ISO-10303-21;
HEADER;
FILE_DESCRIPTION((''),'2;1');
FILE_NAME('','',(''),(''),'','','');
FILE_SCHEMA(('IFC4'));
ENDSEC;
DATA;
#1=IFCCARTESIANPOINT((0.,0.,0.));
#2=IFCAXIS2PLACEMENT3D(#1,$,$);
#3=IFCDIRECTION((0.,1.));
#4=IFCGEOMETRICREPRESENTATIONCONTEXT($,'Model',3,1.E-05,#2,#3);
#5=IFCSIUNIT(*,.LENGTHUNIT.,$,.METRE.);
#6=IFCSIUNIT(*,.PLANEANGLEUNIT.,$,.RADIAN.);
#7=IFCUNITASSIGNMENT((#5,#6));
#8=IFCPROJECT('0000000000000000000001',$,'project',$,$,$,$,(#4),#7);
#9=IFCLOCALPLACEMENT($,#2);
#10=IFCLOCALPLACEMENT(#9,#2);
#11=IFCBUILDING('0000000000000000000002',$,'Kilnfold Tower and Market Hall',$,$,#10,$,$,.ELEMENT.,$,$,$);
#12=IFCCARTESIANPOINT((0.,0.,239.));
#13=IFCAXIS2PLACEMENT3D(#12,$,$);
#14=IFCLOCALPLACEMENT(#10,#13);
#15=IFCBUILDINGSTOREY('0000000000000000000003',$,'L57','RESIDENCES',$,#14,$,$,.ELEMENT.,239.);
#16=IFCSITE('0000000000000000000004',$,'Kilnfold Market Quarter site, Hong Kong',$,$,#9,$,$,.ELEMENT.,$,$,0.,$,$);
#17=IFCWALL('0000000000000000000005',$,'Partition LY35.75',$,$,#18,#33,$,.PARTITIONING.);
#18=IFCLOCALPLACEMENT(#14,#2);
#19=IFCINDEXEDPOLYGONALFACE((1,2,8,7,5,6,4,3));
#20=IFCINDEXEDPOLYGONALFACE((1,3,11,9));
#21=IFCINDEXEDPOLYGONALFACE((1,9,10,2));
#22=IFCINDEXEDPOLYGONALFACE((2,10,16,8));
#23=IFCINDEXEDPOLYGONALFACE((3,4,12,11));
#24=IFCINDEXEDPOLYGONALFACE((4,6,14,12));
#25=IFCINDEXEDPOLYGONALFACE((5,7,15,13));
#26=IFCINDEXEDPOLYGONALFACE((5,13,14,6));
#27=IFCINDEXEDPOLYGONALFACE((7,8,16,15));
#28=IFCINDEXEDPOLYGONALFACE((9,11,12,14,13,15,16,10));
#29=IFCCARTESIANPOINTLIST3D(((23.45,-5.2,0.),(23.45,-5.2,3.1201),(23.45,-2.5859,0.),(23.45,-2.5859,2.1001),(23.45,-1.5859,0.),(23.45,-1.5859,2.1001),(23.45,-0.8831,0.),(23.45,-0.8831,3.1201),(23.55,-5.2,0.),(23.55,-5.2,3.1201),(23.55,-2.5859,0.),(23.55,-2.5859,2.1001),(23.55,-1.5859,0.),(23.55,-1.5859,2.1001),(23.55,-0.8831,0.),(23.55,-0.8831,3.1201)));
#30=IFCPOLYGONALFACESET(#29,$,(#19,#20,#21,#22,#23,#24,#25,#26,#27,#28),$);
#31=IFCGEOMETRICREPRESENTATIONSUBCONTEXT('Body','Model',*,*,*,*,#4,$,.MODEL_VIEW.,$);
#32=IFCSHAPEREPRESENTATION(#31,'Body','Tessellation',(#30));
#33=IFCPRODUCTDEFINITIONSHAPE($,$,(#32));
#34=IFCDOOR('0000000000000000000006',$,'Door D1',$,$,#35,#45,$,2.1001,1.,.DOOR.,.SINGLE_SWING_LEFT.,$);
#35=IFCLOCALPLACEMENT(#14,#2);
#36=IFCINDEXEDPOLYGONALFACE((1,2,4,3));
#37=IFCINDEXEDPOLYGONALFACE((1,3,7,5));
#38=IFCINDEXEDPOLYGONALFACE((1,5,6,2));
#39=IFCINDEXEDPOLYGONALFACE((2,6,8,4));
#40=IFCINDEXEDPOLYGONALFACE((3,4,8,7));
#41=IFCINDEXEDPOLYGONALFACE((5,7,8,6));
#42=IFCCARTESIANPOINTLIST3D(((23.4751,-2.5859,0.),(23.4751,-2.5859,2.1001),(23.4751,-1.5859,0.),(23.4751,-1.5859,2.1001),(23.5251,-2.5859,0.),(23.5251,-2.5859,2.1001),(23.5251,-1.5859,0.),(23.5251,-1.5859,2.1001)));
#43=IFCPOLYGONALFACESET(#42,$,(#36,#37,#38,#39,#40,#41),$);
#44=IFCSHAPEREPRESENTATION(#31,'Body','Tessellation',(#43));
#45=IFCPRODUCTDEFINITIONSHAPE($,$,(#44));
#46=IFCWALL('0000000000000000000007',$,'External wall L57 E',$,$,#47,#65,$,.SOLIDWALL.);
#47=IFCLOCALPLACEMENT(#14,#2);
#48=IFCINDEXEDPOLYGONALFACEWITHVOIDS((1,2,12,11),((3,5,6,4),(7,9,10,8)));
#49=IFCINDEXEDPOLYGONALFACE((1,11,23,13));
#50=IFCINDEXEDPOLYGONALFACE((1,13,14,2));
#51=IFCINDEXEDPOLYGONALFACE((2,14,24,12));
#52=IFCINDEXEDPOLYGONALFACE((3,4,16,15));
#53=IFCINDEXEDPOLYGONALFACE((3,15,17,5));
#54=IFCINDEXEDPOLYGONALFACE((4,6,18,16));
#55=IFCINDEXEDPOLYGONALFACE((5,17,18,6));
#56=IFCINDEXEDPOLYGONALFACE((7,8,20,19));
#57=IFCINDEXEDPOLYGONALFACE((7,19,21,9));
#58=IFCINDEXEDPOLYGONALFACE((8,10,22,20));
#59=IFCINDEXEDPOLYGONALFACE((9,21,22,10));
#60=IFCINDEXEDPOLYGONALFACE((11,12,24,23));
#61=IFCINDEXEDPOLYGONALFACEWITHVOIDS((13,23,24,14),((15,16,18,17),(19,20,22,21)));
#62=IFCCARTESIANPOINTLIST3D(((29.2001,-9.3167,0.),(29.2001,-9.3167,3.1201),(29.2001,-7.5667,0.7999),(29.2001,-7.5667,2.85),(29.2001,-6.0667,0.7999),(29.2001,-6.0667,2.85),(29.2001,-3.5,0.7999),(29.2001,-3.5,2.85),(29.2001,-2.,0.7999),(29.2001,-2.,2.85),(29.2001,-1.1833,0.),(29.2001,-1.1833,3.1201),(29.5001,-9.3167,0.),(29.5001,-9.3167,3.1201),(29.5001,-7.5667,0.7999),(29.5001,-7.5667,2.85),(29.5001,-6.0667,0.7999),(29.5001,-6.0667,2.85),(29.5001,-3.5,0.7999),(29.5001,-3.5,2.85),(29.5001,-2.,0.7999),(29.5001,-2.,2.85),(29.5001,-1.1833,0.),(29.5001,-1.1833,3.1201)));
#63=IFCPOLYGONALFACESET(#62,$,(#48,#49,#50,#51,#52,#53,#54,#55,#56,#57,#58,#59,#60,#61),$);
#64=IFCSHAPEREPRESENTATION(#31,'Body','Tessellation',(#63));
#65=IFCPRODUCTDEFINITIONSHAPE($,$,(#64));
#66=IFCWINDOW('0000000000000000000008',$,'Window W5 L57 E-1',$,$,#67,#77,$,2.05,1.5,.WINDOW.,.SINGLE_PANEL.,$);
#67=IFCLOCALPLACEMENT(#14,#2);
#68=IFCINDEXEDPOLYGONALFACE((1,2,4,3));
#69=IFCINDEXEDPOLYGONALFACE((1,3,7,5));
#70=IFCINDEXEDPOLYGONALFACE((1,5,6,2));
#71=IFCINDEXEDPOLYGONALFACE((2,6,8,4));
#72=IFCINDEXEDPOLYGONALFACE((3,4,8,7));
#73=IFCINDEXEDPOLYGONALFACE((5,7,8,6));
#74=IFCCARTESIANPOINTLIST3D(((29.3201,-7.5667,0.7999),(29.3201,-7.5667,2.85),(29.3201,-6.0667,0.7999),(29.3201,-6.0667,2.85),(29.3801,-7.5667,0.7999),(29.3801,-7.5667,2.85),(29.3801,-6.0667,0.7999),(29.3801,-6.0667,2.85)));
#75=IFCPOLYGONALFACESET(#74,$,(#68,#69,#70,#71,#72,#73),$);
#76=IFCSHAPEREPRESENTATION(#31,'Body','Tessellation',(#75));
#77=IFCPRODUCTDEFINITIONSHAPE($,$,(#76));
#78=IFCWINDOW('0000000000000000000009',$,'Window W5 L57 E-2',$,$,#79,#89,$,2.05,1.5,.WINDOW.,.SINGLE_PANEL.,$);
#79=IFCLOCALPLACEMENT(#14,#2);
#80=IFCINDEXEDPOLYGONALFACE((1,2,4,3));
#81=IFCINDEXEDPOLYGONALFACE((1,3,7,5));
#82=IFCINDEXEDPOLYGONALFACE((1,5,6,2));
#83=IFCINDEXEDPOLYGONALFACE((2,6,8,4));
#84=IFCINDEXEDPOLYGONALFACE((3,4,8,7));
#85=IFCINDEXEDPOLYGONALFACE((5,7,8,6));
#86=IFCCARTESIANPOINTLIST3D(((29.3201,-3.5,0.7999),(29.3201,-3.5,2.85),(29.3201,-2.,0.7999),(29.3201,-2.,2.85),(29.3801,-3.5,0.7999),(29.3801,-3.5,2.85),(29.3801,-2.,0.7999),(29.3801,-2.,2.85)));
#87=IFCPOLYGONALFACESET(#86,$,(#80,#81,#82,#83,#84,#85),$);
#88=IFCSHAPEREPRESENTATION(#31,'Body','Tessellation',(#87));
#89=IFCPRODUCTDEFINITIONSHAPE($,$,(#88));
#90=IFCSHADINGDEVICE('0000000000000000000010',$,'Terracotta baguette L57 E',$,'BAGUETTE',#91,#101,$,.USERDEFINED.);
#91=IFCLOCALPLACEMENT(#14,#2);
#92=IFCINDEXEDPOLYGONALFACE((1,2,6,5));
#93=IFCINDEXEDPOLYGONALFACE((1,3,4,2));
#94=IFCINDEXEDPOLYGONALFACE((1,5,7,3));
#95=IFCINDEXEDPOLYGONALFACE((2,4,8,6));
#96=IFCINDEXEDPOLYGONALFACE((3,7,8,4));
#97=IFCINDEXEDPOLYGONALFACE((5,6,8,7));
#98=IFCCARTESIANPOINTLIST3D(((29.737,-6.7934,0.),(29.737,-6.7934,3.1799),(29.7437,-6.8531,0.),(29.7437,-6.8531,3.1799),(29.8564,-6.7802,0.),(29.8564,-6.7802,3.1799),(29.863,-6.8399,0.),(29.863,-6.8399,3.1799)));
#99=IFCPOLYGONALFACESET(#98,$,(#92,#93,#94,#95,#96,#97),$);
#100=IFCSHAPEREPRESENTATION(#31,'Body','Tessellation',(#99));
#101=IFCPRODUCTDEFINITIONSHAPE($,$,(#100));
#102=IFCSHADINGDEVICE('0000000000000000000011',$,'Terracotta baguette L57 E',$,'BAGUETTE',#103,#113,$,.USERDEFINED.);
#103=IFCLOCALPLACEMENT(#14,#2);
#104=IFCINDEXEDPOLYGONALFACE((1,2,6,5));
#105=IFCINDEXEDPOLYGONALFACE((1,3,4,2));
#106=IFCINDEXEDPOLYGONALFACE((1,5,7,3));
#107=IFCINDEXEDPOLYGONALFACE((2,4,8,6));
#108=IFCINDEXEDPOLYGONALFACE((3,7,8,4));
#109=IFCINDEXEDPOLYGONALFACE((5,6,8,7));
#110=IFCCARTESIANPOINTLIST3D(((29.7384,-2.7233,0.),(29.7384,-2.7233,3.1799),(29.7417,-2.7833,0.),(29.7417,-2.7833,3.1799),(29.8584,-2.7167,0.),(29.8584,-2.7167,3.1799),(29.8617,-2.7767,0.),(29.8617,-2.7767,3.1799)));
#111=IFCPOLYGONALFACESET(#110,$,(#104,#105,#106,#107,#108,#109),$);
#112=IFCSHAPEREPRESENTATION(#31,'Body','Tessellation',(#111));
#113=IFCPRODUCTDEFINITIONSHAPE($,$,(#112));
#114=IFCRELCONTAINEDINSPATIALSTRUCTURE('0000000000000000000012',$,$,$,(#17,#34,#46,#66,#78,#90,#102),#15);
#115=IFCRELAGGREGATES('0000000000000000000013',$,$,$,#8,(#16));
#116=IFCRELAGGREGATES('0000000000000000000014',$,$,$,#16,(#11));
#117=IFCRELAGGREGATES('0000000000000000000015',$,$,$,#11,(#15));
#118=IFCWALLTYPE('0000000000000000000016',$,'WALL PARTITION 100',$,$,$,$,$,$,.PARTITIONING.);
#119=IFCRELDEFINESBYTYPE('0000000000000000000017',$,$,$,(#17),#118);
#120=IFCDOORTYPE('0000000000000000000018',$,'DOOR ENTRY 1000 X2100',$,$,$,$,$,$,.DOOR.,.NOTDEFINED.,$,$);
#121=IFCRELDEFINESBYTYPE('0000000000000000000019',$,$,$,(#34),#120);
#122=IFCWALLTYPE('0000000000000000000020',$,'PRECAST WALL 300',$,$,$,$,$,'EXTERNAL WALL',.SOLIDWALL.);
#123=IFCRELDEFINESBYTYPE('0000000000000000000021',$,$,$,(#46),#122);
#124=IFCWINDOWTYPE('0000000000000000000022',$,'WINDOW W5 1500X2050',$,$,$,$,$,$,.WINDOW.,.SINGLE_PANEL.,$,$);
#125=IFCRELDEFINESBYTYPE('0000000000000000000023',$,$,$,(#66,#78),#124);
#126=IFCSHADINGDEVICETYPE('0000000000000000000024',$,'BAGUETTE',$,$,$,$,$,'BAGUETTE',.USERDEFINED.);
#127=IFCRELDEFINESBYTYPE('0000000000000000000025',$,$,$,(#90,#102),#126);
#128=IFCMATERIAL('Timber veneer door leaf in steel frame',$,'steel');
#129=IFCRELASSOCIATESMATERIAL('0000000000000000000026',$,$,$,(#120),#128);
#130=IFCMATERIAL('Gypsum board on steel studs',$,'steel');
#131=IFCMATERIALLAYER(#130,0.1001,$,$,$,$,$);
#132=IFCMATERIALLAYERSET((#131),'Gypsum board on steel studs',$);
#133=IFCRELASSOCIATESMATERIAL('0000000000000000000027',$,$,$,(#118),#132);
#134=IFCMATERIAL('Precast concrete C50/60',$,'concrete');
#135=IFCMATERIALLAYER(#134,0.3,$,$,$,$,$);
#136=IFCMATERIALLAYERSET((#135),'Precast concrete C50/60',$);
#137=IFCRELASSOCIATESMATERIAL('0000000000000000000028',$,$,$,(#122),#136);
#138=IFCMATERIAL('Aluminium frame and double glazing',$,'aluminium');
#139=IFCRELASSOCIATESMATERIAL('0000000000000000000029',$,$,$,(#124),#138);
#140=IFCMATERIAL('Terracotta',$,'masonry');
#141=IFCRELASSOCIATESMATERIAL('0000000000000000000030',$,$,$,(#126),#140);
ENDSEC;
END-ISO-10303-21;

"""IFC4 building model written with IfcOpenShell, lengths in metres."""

from ifc_helpers import new_model, si_unit, direction, frame, frame_2d, origin, origin_2d, place, context, subcontext, project, spatial, rectangle, extrude, source, transform, mapped, material, layer, layer_set, material_profile, profile_set, type_object, element, fill, save


model = new_model("IFC4")

# Units and contexts
model_context = context("Model", 3, precision=1e-05, world=origin(), true_north=direction((0.0, 1.0)))
body_context = subcontext(model_context, "Body", "Model", "MODEL_VIEW")
ifc_project = project(units=[si_unit("LENGTHUNIT", "METRE"), si_unit("PLANEANGLEUNIT", "RADIAN")], contexts=[model_context])

# Site, building, storey
site_placement = place(None, origin())
site = spatial("IfcSite", under=ifc_project, at=site_placement, Name="Kilnfold Market Quarter site, Hong Kong", CompositionType="ELEMENT", RefElevation=0.0)
building_placement = place(site_placement, origin())
building = spatial("IfcBuilding", under=site, at=building_placement, Name="Kilnfold Tower and Market Hall", CompositionType="ELEMENT")
storey_placement = place(building_placement, frame((0.0, 0.0, 239.0)))
storey = spatial("IfcBuildingStorey", under=building, at=storey_placement, Name="L57", Description="RESIDENCES", CompositionType="ELEMENT", Elevation=239.0)

# Wall, opening, door
ifc_material_1 = material(Name="Timber veneer door leaf in steel frame", Category="steel")
door_type_1 = type_object("IfcDoorType", Name="DOOR ENTRY 1000 X2100", OperationType="NOTDEFINED", PredefinedType="DOOR", material=ifc_material_1)
ifc_material_2 = material(Name="Gypsum board on steel studs", Category="steel")
ifc_layer_1 = layer(ifc_material_2, 0.1001)
ifc_layer_set_1 = layer_set([ifc_layer_1], Name="Gypsum board on steel studs")
wall_type_1 = type_object("IfcWallType", Name="WALL PARTITION 100", PredefinedType="PARTITIONING", material=ifc_layer_set_1)
wall_1_placement = place(storey_placement, frame((23.5, -5.2, 0.0), z_axis=(0.0, 0.0, 1.0), x_axis=(0.0, 1.0, 0.0)))
wall_1 = element("IfcWall", 1, at=wall_1_placement, inside=storey, type_object=wall_type_1, Name="Partition LY35.75", PredefinedType="PARTITIONING", context=body_context, shape_type="SweptSolid", body=[
    extrude(rectangle(XDim=4.3169, YDim=0.1001, at=frame_2d((2.1584, 0.0))), origin(), (0.0, 0.0, 1.0), 3.1201),
])
opening_1_placement = place(wall_1_placement, frame((2.614, 0.0, 0.0)))
opening_1 = element("IfcOpeningElement", 2, at=opening_1_placement, cuts=wall_1, PredefinedType="OPENING", context=body_context, shape_type="SweptSolid", body=[
    extrude(rectangle(XDim=1.0, YDim=2.1001, at=frame_2d((0.5, 1.05))), frame((0.0, 0.0601, 0.0), z_axis=(0.0, -1.0, 0.0), x_axis=(1.0, 0.0, 0.0)), (0.0, 0.0, 1.0), 0.1201),
])
door_1_placement = place(opening_1_placement, origin())
door_1 = element("IfcDoor", 3, at=door_1_placement, inside=storey, type_object=door_type_1, Name="Door D1", OperationType="SINGLE_SWING_LEFT", OverallHeight=2.1001, OverallWidth=1.0, PredefinedType="DOOR", context=body_context, shape_type="SweptSolid", body=[
    extrude(rectangle(XDim=1.0, YDim=2.1001, at=frame_2d((0.5, 1.05))), frame((0.0, 0.0249, 0.0), z_axis=(0.0, -1.0, 0.0), x_axis=(1.0, 0.0, 0.0)), (0.0, 0.0, 1.0), 0.05),
])
fill(opening_1, door_1)

# Wall, openings, windows
ifc_material_3 = material(Name="Precast concrete C50/60", Category="concrete")
ifc_layer_2 = layer(ifc_material_3, 0.3)
ifc_layer_set_2 = layer_set([ifc_layer_2], Name="Precast concrete C50/60")
wall_type_2 = type_object("IfcWallType", Name="PRECAST WALL 300", ElementType="EXTERNAL WALL", PredefinedType="SOLIDWALL", material=ifc_layer_set_2)
shared_shape_1 = source(origin(), body_context, "Body", "SweptSolid", [
    extrude(rectangle(XDim=8.1333, YDim=0.3, at=frame_2d((4.0667, 0.0))), origin(), (0.0, 0.0, 1.0), 3.1201),
])
wall_2_placement = place(storey_placement, frame((29.3501, -9.3167, 0.0), z_axis=(0.0, 0.0, 1.0), x_axis=(0.0, 1.0, 0.0)))
wall_2 = element("IfcWall", 4, at=wall_2_placement, inside=storey, type_object=wall_type_2, Name="External wall L57 E", PredefinedType="SOLIDWALL", context=body_context, shape_type="MappedRepresentation", body=[
    mapped(shared_shape_1, transform((0.0, 0.0, 0.0))),
])
opening_2_placement = place(wall_2_placement, frame((1.75, 0.0, 0.8)))
opening_2 = element("IfcOpeningElement", 5, at=opening_2_placement, cuts=wall_2, PredefinedType="OPENING", context=body_context, shape_type="SweptSolid", body=[
    extrude(rectangle(XDim=1.5, YDim=2.05, at=frame_2d((0.75, 1.0249))), frame((0.0, 0.1602, 0.0), z_axis=(0.0, -1.0, 0.0), x_axis=(1.0, 0.0, 0.0)), (0.0, 0.0, 1.0), 0.3201),
])
opening_3_placement = place(wall_2_placement, frame((5.8167, 0.0, 0.8)))
opening_3 = element("IfcOpeningElement", 6, at=opening_3_placement, cuts=wall_2, PredefinedType="OPENING", context=body_context, shape_type="SweptSolid", body=[
    extrude(rectangle(XDim=1.5, YDim=2.05, at=frame_2d((0.75, 1.0249))), frame((0.0, 0.1602, 0.0), z_axis=(0.0, -1.0, 0.0), x_axis=(1.0, 0.0, 0.0)), (0.0, 0.0, 1.0), 0.3201),
])
ifc_material_4 = material(Name="Aluminium frame and double glazing", Category="aluminium")
window_type = type_object("IfcWindowType", Name="WINDOW W5 1500X2050", PartitioningType="SINGLE_PANEL", PredefinedType="WINDOW", material=ifc_material_4)
window_1_placement = place(opening_2_placement, origin())
window_1 = element("IfcWindow", 7, at=window_1_placement, inside=storey, type_object=window_type, Name="Window W5 L57 E-1", OverallHeight=2.05, OverallWidth=1.5, PartitioningType="SINGLE_PANEL", PredefinedType="WINDOW", context=body_context, shape_type="SweptSolid", body=[
    extrude(rectangle(XDim=1.5, YDim=2.05, at=frame_2d((0.75, 1.0249))), frame((0.0, 0.03, 0.0), z_axis=(0.0, -1.0, 0.0), x_axis=(1.0, 0.0, 0.0)), (0.0, 0.0, 1.0), 0.0601),
])
fill(opening_2, window_1)
window_2_placement = place(opening_3_placement, origin())
window_2 = element("IfcWindow", 8, at=window_2_placement, inside=storey, type_object=window_type, Name="Window W5 L57 E-2", OverallHeight=2.05, OverallWidth=1.5, PartitioningType="SINGLE_PANEL", PredefinedType="WINDOW", context=body_context, shape_type="SweptSolid", body=[
    extrude(rectangle(XDim=1.5, YDim=2.05, at=frame_2d((0.75, 1.0249))), frame((0.0, 0.03, 0.0), z_axis=(0.0, -1.0, 0.0), x_axis=(1.0, 0.0, 0.0)), (0.0, 0.0, 1.0), 0.0601),
])
fill(opening_3, window_2)

# Shading devices
ifc_material_5 = material(Name="Terracotta", Category="masonry")
ifc_material_profile_1 = material_profile(ifc_material_5, rectangle(XDim=0.0601, YDim=0.1201, at=origin_2d()), Name="BAG 60x120")
ifc_profile_set_1 = profile_set([ifc_material_profile_1], Name="Terracotta")
shading_device_type = type_object("IfcShadingDeviceType", Name="BAGUETTE", ElementType="BAGUETTE", PredefinedType="USERDEFINED", material=ifc_profile_set_1)
shared_shape_2 = source(origin(), body_context, "Body", "SweptSolid", [
    extrude(rectangle(XDim=0.0601, YDim=0.1201, at=origin_2d()), origin(), (0.0, 0.0, 1.0), 3.1799),
])
for number, where, z_axis, x_axis, name in (
    (9, (29.8, -6.8167, 0.0), (0.0, 0.0, 1.0), (-0.110142, 0.993916, 0.0), "Terracotta baguette L57 E"),
    (10, (29.8, -2.75, 0.0), (0.0, 0.0, 1.0), (-0.054978, 0.998488, 0.0), "Terracotta baguette L57 E"),
):
    element("IfcShadingDevice", number, at=place(storey_placement, frame(where, z_axis=z_axis, x_axis=x_axis)), inside=storey, type_object=shading_device_type, Name=name, ObjectType="BAGUETTE", PredefinedType="USERDEFINED", context=body_context, shape_type="MappedRepresentation", body=[
        mapped(shared_shape_2, transform((0.0, 0.0, 0.0))),
    ])

save(model, "model.ifc")
